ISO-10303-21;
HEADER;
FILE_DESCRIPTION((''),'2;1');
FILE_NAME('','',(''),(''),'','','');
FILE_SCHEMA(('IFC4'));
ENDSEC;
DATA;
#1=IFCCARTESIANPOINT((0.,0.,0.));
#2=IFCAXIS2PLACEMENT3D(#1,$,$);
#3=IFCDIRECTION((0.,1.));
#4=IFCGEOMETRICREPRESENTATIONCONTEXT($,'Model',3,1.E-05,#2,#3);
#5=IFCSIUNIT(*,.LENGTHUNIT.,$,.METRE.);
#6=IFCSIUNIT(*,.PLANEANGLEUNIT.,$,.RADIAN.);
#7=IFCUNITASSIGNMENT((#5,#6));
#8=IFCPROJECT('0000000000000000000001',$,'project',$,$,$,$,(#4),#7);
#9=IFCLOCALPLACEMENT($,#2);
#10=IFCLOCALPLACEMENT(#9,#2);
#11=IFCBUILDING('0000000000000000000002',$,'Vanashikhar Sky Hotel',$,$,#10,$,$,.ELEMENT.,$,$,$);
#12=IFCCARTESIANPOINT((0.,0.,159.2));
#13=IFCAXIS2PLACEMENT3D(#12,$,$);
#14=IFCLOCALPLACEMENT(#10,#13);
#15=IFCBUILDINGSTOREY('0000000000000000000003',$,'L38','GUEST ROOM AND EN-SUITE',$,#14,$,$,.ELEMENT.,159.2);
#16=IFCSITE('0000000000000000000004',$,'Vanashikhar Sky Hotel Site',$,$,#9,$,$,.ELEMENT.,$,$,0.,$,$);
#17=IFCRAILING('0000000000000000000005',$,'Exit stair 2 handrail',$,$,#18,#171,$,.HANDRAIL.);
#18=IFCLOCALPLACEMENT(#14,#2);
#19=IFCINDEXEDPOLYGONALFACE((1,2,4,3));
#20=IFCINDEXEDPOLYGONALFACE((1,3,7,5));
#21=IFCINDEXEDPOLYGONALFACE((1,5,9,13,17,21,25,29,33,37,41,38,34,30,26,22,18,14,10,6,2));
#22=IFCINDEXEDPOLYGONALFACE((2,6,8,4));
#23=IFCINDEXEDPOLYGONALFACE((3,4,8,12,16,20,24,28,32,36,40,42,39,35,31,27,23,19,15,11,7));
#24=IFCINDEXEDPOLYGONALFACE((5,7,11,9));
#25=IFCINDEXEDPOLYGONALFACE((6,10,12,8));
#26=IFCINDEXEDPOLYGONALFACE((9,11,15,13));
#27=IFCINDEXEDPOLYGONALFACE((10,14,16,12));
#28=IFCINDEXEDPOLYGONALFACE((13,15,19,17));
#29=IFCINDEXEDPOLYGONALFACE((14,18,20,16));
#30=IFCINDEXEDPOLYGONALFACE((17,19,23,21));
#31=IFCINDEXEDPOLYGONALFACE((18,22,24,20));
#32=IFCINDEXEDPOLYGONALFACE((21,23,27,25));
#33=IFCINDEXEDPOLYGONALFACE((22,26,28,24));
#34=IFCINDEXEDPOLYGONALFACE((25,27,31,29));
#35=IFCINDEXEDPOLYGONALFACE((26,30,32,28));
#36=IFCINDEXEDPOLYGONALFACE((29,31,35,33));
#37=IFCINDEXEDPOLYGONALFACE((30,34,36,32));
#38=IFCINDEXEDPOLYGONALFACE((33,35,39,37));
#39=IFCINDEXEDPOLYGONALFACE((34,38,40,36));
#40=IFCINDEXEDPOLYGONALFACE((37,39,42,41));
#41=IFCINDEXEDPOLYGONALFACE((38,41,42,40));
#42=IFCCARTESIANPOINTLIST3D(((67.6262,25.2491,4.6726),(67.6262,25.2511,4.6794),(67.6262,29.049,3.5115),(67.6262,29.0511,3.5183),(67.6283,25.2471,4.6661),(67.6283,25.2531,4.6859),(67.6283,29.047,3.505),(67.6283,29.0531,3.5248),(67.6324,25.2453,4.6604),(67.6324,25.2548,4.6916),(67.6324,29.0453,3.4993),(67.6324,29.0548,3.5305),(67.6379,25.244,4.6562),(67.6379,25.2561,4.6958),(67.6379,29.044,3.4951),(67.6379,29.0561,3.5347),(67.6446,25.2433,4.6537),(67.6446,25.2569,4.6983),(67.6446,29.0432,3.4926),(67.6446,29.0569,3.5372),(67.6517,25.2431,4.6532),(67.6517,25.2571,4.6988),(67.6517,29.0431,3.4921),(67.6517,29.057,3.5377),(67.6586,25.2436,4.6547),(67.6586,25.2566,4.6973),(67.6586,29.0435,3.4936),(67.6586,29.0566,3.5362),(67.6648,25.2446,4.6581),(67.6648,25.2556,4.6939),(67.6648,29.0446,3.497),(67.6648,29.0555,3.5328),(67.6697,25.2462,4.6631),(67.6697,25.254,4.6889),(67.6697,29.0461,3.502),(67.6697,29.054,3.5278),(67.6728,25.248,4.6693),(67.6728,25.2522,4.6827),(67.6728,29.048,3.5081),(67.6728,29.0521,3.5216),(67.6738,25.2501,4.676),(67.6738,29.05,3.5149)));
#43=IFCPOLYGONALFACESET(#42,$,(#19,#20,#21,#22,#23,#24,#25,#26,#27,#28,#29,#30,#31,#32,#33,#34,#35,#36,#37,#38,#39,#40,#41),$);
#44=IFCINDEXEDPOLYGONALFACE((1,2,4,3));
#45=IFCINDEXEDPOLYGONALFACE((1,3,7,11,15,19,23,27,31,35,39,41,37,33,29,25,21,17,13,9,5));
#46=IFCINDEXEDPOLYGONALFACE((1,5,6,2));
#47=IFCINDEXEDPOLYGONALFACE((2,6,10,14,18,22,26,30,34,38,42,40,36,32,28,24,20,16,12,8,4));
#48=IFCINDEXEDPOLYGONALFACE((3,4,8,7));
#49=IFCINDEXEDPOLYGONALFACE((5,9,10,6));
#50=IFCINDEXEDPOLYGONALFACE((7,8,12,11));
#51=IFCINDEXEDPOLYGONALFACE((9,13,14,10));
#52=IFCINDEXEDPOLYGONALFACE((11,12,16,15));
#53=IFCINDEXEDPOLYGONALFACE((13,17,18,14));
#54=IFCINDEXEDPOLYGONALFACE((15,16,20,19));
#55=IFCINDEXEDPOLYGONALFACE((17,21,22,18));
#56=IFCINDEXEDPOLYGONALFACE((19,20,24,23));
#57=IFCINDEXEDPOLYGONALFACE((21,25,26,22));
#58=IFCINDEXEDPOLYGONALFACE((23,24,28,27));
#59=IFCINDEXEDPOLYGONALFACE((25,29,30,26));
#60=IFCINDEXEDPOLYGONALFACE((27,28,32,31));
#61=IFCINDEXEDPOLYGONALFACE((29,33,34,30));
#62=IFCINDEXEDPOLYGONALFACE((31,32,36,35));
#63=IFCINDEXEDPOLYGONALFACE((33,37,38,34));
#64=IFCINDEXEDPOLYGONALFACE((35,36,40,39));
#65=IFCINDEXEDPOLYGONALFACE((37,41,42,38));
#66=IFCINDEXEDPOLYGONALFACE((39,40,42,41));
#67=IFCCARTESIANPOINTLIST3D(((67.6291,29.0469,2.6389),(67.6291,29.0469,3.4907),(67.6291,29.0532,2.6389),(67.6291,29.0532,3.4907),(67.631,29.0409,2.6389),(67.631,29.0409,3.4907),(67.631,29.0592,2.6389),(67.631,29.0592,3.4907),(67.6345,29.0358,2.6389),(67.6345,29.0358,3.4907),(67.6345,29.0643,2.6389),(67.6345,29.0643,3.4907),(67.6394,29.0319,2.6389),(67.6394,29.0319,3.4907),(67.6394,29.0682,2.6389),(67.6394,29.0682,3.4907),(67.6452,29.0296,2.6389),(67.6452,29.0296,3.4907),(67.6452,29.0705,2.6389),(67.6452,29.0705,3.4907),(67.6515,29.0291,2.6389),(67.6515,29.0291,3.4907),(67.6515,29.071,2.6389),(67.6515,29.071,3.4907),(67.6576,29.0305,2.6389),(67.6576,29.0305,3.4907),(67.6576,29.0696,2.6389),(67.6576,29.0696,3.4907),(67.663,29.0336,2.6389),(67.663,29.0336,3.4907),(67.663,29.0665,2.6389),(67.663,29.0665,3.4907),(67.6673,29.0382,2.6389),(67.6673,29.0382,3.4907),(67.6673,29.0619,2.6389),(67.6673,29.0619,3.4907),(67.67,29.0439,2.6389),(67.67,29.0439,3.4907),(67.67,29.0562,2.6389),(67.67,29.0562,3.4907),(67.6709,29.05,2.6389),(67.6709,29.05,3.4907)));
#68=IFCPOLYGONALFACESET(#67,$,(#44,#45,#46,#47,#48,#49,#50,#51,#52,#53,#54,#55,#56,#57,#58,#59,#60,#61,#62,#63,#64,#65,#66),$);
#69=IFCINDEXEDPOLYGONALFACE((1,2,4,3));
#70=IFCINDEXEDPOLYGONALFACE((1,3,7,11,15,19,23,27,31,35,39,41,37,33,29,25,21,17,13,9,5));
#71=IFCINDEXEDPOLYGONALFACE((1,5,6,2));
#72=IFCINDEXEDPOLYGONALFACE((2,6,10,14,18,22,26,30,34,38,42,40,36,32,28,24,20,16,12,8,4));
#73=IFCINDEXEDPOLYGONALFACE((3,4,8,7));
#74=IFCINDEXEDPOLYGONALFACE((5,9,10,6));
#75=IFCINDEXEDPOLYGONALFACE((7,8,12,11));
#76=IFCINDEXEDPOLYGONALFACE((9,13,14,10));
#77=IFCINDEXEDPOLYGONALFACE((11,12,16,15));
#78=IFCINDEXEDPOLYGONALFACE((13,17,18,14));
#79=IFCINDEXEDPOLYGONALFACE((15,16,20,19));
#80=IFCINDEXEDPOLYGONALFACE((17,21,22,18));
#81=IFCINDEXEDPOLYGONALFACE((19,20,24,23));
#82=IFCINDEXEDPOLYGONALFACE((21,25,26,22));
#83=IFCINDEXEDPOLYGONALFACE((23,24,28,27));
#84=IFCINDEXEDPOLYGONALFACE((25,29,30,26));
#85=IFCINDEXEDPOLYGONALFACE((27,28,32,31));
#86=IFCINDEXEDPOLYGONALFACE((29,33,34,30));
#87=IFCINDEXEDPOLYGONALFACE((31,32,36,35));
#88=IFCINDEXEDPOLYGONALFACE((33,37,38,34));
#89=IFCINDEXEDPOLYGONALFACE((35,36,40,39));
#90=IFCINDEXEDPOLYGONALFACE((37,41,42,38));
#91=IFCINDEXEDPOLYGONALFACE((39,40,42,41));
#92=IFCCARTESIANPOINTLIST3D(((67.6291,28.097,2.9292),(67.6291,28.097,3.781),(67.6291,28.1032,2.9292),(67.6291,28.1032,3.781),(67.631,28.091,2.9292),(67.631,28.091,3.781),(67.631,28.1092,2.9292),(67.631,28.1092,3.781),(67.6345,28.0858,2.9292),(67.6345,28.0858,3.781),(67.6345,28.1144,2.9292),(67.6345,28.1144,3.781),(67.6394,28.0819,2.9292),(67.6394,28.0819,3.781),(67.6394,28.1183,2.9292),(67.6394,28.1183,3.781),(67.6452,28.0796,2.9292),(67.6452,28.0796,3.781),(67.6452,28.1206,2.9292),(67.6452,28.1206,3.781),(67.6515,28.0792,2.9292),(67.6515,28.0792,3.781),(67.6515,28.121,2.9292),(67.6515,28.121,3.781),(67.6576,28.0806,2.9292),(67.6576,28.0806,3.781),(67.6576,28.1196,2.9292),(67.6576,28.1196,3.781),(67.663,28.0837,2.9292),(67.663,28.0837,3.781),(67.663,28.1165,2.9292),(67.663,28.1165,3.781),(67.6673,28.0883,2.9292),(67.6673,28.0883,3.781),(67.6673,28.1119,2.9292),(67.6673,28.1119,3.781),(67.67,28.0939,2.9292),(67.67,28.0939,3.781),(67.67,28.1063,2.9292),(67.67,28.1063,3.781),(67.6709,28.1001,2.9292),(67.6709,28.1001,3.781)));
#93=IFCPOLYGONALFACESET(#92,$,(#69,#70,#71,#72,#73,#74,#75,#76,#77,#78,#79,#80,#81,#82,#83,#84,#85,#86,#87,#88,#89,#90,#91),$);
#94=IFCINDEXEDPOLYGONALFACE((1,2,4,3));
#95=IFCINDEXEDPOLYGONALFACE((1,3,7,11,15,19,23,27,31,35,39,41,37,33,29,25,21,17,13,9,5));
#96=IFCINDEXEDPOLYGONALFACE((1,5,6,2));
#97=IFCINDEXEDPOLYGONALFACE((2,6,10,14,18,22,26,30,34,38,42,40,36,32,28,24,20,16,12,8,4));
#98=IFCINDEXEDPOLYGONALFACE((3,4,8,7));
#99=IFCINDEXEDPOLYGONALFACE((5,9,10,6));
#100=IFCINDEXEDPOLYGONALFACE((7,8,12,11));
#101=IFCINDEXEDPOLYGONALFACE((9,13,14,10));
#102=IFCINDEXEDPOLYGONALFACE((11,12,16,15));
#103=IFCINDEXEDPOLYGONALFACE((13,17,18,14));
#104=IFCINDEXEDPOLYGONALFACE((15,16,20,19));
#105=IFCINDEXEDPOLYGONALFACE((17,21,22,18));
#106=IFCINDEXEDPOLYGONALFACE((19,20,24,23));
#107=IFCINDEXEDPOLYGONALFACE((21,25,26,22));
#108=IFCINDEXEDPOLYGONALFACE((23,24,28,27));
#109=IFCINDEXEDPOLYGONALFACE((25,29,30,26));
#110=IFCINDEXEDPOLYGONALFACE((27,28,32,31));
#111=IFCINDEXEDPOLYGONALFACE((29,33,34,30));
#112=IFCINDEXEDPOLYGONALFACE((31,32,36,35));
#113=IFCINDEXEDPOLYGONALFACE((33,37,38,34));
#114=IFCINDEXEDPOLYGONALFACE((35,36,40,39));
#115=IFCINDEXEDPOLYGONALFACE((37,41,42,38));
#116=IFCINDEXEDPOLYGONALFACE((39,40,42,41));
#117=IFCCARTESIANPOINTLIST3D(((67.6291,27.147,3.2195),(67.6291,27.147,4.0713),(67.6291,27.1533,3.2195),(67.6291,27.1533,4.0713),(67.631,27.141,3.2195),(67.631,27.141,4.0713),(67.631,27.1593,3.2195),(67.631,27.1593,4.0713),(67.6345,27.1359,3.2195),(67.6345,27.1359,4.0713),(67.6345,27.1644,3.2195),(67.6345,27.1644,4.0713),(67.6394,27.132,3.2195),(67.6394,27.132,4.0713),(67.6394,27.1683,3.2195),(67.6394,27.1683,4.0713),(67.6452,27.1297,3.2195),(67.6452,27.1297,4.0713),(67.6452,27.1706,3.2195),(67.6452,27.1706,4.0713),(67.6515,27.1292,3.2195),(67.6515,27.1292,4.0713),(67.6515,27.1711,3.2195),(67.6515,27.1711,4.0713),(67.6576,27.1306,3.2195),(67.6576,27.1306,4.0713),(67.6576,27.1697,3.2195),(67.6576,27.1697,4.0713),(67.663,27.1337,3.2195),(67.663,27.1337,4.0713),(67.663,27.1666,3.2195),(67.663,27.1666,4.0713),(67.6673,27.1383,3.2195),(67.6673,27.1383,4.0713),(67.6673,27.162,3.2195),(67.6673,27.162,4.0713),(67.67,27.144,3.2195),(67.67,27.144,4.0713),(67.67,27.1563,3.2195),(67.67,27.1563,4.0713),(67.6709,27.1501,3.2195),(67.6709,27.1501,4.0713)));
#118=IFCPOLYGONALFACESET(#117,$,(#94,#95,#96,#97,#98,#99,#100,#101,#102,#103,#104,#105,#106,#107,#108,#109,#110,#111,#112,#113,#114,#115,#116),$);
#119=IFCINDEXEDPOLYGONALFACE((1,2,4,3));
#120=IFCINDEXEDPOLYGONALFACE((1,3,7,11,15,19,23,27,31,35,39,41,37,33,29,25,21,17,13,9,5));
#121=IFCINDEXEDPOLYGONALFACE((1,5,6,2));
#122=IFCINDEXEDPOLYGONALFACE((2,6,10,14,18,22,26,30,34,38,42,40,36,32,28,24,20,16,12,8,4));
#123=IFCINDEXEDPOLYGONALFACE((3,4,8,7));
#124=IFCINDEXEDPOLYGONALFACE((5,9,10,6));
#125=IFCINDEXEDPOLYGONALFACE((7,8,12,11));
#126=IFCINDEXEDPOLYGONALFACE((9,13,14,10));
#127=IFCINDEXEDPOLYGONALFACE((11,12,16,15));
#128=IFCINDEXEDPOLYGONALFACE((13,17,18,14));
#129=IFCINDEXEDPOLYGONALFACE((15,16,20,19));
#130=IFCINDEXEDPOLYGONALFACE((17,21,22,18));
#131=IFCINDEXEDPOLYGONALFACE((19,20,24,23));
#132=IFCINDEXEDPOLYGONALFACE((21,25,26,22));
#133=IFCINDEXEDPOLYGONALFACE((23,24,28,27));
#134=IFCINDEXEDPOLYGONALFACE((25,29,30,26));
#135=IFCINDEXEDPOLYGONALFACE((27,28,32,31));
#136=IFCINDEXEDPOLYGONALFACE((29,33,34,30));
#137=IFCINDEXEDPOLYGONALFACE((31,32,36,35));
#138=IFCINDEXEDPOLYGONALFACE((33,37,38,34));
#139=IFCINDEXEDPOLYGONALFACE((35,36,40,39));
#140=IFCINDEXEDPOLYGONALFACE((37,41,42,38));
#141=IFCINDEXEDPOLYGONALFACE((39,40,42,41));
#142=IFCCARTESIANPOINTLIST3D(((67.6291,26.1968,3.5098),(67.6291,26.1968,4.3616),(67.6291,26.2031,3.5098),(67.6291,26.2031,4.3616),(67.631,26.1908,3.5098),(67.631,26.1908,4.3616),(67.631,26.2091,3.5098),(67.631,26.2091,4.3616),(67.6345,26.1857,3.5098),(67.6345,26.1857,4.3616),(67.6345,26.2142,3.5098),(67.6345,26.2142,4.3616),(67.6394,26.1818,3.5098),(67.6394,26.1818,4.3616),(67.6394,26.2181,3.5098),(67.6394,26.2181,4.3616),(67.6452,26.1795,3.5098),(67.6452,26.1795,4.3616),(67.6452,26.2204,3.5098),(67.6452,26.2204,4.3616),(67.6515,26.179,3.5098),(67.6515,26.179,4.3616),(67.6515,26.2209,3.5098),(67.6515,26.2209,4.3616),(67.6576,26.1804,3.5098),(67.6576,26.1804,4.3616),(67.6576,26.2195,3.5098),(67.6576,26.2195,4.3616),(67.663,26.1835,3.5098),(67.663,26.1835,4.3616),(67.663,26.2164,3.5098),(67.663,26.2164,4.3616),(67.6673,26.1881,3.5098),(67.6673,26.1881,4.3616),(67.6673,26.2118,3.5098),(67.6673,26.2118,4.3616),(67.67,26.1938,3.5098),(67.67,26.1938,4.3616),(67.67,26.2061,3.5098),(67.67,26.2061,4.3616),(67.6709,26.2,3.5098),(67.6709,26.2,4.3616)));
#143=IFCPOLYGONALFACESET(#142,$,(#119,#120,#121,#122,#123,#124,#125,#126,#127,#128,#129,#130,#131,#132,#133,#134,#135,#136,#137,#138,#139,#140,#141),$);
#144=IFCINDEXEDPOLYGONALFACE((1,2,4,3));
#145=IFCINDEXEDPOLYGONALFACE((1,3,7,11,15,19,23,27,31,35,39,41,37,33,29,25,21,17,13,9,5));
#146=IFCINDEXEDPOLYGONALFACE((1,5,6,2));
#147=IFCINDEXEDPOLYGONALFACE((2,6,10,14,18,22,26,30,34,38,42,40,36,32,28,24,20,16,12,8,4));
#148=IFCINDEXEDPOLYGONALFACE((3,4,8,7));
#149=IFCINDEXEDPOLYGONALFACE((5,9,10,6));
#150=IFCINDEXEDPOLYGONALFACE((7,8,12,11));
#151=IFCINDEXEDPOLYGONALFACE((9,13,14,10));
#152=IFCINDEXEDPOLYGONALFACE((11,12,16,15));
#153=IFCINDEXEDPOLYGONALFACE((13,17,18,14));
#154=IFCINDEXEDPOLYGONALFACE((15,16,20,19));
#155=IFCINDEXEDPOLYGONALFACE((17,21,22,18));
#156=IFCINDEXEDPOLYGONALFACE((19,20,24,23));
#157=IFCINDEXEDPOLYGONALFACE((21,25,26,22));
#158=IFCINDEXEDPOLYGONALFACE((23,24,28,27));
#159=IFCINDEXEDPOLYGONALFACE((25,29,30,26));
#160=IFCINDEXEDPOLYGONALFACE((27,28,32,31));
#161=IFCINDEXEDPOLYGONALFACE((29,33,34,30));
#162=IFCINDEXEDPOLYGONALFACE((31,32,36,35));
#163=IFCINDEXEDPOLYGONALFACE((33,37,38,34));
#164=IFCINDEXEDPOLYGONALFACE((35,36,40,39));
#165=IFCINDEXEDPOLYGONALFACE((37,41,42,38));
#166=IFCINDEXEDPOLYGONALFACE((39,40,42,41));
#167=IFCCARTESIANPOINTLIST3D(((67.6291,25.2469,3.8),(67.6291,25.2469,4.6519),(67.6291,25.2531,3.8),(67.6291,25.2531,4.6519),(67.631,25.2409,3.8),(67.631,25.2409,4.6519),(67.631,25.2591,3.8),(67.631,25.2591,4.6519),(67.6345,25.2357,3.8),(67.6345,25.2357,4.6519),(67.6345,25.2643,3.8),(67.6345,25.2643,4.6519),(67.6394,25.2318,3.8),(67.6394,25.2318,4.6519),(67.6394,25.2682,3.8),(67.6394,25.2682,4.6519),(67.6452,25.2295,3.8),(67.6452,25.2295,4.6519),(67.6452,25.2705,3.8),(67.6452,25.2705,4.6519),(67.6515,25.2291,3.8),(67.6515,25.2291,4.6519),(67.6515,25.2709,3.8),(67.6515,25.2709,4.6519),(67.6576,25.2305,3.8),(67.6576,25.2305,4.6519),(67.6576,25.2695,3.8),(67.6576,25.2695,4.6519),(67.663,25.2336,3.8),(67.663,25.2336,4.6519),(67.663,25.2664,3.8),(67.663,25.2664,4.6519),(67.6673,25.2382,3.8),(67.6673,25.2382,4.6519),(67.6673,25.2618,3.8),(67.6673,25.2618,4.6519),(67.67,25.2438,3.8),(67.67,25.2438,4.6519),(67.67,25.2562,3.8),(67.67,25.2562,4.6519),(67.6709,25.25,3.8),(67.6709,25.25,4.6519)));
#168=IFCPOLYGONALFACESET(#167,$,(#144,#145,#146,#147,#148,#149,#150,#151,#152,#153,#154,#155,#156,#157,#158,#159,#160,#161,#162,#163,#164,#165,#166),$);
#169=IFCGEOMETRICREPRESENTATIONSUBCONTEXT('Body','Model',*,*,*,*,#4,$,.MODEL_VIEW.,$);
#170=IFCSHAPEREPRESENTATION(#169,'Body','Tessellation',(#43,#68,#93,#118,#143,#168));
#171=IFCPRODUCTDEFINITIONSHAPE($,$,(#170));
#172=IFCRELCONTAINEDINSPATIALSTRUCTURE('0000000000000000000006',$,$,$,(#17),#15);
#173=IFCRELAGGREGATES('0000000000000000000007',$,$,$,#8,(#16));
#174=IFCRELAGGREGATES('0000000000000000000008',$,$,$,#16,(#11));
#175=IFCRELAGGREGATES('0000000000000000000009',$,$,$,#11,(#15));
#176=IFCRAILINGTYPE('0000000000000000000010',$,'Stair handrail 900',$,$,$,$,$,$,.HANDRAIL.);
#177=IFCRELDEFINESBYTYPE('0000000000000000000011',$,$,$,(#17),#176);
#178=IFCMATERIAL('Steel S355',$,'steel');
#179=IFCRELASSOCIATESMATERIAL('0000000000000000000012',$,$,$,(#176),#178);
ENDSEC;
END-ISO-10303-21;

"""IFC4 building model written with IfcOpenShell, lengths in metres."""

from ifc_helpers import new_model, si_unit, direction, frame, origin, origin_2d, place, context, subcontext, project, spatial, circle, extrude, source, transform, mapped, material, type_object, element, save


model = new_model("IFC4")

# Units and contexts
model_context = context("Model", 3, precision=1e-05, world=origin(), true_north=direction((0.0, 1.0)))
body_context = subcontext(model_context, "Body", "Model", "MODEL_VIEW")
ifc_project = project(units=[si_unit("LENGTHUNIT", "METRE"), si_unit("PLANEANGLEUNIT", "RADIAN")], contexts=[model_context])

# Site, building, storey
site_placement = place(None, origin())
site = spatial("IfcSite", under=ifc_project, at=site_placement, Name="Vanashikhar Sky Hotel Site", CompositionType="ELEMENT", RefElevation=0.0)
building_placement = place(site_placement, origin())
building = spatial("IfcBuilding", under=site, at=building_placement, Name="Vanashikhar Sky Hotel", CompositionType="ELEMENT")
storey_placement = place(building_placement, frame((0.0, 0.0, 159.2)))
storey = spatial("IfcBuildingStorey", under=building, at=storey_placement, Name="L38", Description="GUEST ROOM AND EN-SUITE", CompositionType="ELEMENT", Elevation=159.2)

# Railing
ifc_material_1 = material(Name="Steel S355", Category="steel")
railing_type = type_object("IfcRailingType", Name="Stair handrail 900", PredefinedType="HANDRAIL", material=ifc_material_1)
shared_shape_1 = source(origin(), body_context, "Body", "SweptSolid", [
    extrude(circle(Radius=0.0239, at=origin_2d()), frame((0.0, 0.0, 0.876), z_axis=(0.0, -0.956351, 0.29222), x_axis=(1.0, 0.0, 0.0)), (0.0, 0.0, 1.0), 3.9734),
    extrude(circle(Radius=0.021, at=origin_2d()), origin(), (0.0, 0.0, 1.0), 0.8518),
    extrude(circle(Radius=0.021, at=origin_2d()), frame((0.0, -0.95, 0.2903)), (0.0, 0.0, 1.0), 0.8518),
    extrude(circle(Radius=0.021, at=origin_2d()), frame((0.0, -1.8999, 0.5806)), (0.0, 0.0, 1.0), 0.8518),
    extrude(circle(Radius=0.021, at=origin_2d()), frame((0.0, -2.8501, 0.8708)), (0.0, 0.0, 1.0), 0.8518),
    extrude(circle(Radius=0.021, at=origin_2d()), frame((0.0, -3.8, 1.1611)), (0.0, 0.0, 1.0), 0.8518),
])
for number, where, name in (
    (1, (67.6499, 29.05, 2.6389), "Exit stair 2 handrail"),
):
    element("IfcRailing", number, at=place(storey_placement, frame(where)), inside=storey, type_object=railing_type, Name=name, PredefinedType="HANDRAIL", context=body_context, shape_type="MappedRepresentation", body=[
        mapped(shared_shape_1, transform((0.0, 0.0, 0.0), scale=1.0)),
    ])

save(model, "model.ifc")
